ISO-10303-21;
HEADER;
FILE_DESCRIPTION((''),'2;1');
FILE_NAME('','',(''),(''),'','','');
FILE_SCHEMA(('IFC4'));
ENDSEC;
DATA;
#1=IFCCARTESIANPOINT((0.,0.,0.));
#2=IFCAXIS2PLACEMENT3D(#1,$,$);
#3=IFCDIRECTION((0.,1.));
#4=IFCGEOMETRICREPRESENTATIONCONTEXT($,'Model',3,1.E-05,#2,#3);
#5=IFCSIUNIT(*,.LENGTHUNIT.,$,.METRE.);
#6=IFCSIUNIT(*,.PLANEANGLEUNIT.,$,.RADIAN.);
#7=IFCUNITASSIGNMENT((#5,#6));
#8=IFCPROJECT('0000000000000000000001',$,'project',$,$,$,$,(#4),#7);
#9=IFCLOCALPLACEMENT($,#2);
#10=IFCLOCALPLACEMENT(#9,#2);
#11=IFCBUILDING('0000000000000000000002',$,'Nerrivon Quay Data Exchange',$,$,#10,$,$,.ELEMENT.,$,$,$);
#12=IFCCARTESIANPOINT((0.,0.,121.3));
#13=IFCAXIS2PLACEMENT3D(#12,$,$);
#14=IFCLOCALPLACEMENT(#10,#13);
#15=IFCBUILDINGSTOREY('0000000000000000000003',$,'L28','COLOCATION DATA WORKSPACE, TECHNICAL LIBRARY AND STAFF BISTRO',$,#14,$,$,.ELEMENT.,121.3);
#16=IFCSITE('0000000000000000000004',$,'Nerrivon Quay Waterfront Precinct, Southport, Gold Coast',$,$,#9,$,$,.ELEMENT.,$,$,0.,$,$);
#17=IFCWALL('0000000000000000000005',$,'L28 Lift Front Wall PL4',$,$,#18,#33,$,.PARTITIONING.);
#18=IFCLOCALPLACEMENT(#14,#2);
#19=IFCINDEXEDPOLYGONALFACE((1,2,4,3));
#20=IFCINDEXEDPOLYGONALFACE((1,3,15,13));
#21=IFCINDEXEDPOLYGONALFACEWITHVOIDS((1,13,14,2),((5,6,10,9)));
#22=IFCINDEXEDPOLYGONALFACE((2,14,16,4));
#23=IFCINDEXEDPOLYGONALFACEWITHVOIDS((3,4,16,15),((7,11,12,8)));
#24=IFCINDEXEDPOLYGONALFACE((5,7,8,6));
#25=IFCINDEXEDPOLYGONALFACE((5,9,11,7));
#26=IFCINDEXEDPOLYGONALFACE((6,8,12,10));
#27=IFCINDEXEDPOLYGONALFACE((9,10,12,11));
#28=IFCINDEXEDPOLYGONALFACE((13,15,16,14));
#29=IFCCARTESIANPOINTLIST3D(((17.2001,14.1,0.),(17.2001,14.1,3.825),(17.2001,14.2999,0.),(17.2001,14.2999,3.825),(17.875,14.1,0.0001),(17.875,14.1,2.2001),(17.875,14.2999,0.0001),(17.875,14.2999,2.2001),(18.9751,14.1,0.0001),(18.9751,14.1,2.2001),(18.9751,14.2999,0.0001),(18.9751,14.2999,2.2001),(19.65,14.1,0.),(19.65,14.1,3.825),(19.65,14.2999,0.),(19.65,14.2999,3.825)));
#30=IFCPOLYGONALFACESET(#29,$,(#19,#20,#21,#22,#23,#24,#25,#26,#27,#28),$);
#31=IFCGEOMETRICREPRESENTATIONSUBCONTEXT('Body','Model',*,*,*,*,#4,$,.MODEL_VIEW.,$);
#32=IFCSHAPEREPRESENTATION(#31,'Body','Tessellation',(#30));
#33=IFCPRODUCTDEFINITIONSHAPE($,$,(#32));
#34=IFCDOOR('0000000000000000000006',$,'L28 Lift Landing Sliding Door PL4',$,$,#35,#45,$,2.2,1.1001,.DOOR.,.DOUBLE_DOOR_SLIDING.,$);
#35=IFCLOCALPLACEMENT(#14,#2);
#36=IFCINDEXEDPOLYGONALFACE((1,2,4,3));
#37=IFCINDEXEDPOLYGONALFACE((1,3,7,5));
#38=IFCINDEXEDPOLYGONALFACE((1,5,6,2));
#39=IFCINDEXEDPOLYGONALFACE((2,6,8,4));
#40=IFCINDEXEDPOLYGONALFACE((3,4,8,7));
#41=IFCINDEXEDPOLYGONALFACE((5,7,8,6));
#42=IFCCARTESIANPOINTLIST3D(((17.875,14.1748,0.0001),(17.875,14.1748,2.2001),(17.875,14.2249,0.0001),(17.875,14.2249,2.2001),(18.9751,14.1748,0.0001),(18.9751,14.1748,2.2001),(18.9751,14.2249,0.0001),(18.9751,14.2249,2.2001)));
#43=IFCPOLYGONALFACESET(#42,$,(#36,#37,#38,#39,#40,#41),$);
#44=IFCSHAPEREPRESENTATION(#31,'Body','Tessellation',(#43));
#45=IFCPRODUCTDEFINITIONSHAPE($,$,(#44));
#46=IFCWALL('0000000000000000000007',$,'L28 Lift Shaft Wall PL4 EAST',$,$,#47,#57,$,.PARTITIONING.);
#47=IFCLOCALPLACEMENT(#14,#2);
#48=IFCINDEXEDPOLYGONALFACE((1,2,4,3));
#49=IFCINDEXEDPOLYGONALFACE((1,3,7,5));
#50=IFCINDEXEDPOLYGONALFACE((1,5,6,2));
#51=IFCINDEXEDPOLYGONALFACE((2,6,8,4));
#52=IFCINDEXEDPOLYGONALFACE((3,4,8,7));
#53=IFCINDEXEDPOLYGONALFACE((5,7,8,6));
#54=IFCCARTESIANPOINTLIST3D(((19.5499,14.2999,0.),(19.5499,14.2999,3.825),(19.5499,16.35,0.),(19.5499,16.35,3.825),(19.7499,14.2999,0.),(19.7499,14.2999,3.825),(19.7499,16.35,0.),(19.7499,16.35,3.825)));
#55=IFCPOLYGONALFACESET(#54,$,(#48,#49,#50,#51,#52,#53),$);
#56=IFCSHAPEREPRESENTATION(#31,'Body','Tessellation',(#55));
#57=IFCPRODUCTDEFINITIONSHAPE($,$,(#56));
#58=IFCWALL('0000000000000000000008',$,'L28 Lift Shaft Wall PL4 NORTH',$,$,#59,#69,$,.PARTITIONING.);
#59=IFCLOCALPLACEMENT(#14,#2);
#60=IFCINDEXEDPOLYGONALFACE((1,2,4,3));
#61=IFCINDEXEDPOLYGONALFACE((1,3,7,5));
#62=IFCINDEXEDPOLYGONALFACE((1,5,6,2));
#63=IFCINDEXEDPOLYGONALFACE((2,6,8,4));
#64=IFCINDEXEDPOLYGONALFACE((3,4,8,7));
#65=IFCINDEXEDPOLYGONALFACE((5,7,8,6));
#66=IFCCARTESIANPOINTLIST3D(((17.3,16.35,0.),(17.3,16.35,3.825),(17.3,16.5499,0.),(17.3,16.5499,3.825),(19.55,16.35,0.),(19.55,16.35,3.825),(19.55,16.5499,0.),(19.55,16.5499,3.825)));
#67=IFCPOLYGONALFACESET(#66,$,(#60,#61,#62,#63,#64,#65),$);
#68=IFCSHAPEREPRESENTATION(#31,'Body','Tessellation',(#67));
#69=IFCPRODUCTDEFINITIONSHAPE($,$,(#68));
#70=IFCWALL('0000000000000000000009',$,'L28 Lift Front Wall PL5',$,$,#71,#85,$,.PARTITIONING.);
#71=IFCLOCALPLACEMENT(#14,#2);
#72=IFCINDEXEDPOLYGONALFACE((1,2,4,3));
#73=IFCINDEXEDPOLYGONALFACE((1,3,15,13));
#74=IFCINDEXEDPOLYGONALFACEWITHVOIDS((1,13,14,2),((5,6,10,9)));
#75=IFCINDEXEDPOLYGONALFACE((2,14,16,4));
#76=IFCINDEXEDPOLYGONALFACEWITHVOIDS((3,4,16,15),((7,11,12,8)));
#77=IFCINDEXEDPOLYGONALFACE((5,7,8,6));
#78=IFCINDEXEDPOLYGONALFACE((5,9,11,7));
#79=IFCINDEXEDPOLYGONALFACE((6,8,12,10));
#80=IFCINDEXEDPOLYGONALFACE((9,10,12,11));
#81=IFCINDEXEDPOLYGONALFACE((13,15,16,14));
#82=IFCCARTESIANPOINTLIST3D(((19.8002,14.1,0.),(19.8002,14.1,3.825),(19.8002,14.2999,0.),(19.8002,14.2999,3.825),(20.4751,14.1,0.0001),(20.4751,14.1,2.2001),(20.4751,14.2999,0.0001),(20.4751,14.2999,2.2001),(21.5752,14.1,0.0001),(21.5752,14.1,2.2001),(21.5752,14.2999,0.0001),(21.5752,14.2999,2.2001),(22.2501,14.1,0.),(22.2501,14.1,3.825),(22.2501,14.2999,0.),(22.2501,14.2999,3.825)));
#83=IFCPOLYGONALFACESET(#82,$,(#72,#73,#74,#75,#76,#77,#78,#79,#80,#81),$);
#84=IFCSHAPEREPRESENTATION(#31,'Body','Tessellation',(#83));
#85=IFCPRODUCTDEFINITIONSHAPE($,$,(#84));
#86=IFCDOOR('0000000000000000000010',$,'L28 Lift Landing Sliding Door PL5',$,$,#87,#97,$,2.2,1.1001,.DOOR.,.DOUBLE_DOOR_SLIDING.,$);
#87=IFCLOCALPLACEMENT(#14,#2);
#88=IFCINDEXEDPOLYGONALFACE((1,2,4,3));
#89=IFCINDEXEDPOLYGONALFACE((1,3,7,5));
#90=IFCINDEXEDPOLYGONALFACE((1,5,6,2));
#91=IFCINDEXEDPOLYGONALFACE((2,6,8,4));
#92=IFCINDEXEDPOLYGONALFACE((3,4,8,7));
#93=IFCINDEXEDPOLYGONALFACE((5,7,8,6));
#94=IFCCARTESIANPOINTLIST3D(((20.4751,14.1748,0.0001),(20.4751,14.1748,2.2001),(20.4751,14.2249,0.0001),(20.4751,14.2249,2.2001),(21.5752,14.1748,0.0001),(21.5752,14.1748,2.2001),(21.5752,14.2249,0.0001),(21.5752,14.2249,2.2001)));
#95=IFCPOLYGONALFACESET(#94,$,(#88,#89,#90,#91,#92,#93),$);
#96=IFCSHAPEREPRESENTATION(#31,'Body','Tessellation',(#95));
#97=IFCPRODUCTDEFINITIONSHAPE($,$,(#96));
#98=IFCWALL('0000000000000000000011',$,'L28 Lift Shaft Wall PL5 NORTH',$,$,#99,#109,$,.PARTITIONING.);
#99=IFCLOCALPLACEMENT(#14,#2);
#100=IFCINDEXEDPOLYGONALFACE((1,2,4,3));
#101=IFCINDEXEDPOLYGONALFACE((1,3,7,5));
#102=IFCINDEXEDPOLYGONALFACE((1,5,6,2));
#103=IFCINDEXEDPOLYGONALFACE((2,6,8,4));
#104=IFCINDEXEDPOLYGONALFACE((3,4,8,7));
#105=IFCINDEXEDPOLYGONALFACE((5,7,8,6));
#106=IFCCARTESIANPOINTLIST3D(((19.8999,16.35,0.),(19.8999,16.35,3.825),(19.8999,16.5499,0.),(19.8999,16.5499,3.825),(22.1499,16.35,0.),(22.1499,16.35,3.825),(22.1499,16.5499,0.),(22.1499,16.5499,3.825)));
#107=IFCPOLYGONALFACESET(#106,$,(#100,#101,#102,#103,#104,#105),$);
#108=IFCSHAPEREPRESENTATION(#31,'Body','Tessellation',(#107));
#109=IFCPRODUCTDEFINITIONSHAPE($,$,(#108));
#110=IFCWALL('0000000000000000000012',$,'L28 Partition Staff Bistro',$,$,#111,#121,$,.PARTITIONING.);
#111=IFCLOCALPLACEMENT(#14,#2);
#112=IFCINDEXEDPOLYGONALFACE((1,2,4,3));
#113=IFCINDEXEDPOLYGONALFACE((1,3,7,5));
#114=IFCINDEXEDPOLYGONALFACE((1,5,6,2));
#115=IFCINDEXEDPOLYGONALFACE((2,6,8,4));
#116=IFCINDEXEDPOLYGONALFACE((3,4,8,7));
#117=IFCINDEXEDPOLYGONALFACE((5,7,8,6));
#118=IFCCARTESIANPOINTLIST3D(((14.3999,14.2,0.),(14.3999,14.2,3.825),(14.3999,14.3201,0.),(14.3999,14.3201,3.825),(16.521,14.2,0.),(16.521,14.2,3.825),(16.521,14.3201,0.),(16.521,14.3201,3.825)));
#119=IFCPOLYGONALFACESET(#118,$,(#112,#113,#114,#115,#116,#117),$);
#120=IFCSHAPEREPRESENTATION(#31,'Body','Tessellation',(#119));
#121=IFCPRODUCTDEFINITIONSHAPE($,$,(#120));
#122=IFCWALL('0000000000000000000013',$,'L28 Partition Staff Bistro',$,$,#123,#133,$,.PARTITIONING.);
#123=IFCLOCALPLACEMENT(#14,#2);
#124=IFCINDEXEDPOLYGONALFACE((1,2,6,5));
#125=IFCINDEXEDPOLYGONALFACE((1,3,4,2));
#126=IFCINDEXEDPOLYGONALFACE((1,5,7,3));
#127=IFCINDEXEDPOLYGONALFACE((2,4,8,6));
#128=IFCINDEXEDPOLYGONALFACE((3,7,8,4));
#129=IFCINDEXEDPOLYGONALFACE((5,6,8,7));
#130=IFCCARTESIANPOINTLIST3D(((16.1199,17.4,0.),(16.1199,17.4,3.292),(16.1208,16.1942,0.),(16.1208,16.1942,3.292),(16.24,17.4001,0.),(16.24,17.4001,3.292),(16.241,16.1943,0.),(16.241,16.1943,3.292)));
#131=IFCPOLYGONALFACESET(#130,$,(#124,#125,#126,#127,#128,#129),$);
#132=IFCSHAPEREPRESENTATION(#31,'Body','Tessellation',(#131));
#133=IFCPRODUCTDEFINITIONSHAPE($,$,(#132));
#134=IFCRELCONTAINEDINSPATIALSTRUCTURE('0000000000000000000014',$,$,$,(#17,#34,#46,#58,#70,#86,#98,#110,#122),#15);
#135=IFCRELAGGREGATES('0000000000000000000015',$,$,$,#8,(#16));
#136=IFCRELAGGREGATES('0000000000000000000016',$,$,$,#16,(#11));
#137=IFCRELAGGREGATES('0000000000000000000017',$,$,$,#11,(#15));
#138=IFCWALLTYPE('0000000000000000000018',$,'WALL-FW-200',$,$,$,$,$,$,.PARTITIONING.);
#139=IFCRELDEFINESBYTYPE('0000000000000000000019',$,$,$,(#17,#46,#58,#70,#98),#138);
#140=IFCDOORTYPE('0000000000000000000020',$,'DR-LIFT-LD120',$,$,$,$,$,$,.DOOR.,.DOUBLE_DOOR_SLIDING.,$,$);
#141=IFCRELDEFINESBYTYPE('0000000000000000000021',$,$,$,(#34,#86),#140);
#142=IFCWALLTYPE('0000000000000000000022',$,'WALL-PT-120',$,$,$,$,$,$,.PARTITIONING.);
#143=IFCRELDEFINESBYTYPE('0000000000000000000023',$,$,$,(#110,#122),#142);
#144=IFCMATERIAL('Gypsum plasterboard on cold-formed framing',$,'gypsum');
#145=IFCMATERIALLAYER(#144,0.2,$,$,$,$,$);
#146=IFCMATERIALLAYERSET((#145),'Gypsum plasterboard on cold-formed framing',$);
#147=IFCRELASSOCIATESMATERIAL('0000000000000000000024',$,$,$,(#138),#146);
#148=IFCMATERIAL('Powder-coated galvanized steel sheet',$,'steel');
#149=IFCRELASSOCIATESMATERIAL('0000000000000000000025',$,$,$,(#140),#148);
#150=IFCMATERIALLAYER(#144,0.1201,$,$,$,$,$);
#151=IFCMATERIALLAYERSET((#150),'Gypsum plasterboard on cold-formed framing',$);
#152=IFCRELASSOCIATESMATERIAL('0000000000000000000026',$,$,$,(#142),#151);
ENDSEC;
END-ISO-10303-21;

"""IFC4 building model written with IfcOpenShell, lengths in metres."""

from ifc_helpers import new_model, si_unit, direction, frame, frame_2d, origin, place, context, subcontext, project, spatial, rectangle, extrude, material, layer, layer_set, type_object, element, fill, save


model = new_model("IFC4")

# Units and contexts
model_context = context("Model", 3, precision=1e-05, world=origin(), true_north=direction((0.0, 1.0)))
body_context = subcontext(model_context, "Body", "Model", "MODEL_VIEW")
ifc_project = project(units=[si_unit("LENGTHUNIT", "METRE"), si_unit("PLANEANGLEUNIT", "RADIAN")], contexts=[model_context])

# Site, building, storey
site_placement = place(None, origin())
site = spatial("IfcSite", under=ifc_project, at=site_placement, Name="Nerrivon Quay Waterfront Precinct, Southport, Gold Coast", CompositionType="ELEMENT", RefElevation=0.0)
building_placement = place(site_placement, origin())
building = spatial("IfcBuilding", under=site, at=building_placement, Name="Nerrivon Quay Data Exchange", CompositionType="ELEMENT")
storey_placement = place(building_placement, frame((0.0, 0.0, 121.3)))
storey = spatial("IfcBuildingStorey", under=building, at=storey_placement, Name="L28", Description="COLOCATION DATA WORKSPACE, TECHNICAL LIBRARY AND STAFF BISTRO", CompositionType="ELEMENT", Elevation=121.3)

# Shared definitions
ifc_material_1 = material(Name="Powder-coated galvanized steel sheet", Category="steel")
ifc_material_2 = material(Name="Gypsum plasterboard on cold-formed framing", Category="gypsum")
ifc_layer_1 = layer(ifc_material_2, 0.2)
ifc_layer_set_1 = layer_set([ifc_layer_1], Name="Gypsum plasterboard on cold-formed framing")
wall_type_1 = type_object("IfcWallType", Name="WALL-FW-200", PredefinedType="PARTITIONING", material=ifc_layer_set_1)
door_type_1 = type_object("IfcDoorType", Name="DR-LIFT-LD120", OperationType="DOUBLE_DOOR_SLIDING", PredefinedType="DOOR", material=ifc_material_1)

# Wall, opening, door
wall_1_placement = place(storey_placement, frame((17.2, 14.2, 0.0), z_axis=(0.0, 0.0, 1.0), x_axis=(1.0, 0.0, 0.0)))
wall_1 = element("IfcWall", 1, at=wall_1_placement, inside=storey, type_object=wall_type_1, Name="L28 Lift Front Wall PL4", PredefinedType="PARTITIONING", context=body_context, shape_type="SweptSolid", body=[
    extrude(rectangle(XDim=2.45, YDim=0.2, at=frame_2d((1.2251, 0.0))), origin(), (0.0, 0.0, 1.0), 3.825),
])
opening_1_placement = place(wall_1_placement, frame((0.675, 0.0, 0.0)))
opening_1 = element("IfcOpeningElement", 2, at=opening_1_placement, cuts=wall_1, PredefinedType="OPENING", context=body_context, shape_type="SweptSolid", body=[
    extrude(rectangle(XDim=1.1001, YDim=2.2, at=frame_2d((0.55, 1.1001))), frame((0.0, 0.1099, 0.0), z_axis=(0.0, -1.0, 0.0), x_axis=(1.0, 0.0, 0.0)), (0.0, 0.0, 1.0), 0.22),
])
door_1_placement = place(opening_1_placement, origin())
door_1 = element("IfcDoor", 3, at=door_1_placement, inside=storey, type_object=door_type_1, Name="L28 Lift Landing Sliding Door PL4", OperationType="DOUBLE_DOOR_SLIDING", OverallHeight=2.2, OverallWidth=1.1001, PredefinedType="DOOR", context=body_context, shape_type="SweptSolid", body=[
    extrude(rectangle(XDim=1.1001, YDim=2.2, at=frame_2d((0.55, 1.1001))), frame((0.0, 0.0249, 0.0), z_axis=(0.0, -1.0, 0.0), x_axis=(1.0, 0.0, 0.0)), (0.0, 0.0, 1.0), 0.05),
])
fill(opening_1, door_1)

# Walls
wall_2_placement = place(storey_placement, frame((19.6499, 14.3, 0.0), z_axis=(0.0, 0.0, 1.0), x_axis=(0.0, 1.0, 0.0)))
element("IfcWall", 4, at=wall_2_placement, inside=storey, type_object=wall_type_1, Name="L28 Lift Shaft Wall PL4 EAST", PredefinedType="PARTITIONING", context=body_context, shape_type="SweptSolid", body=[
    extrude(rectangle(XDim=2.05, YDim=0.2, at=frame_2d((1.0249, 0.0))), origin(), (0.0, 0.0, 1.0), 3.825),
])
wall_3_placement = place(storey_placement, frame((17.3, 16.45, 0.0), z_axis=(0.0, 0.0, 1.0), x_axis=(1.0, 0.0, 0.0)))
element("IfcWall", 5, at=wall_3_placement, inside=storey, type_object=wall_type_1, Name="L28 Lift Shaft Wall PL4 NORTH", PredefinedType="PARTITIONING", context=body_context, shape_type="SweptSolid", body=[
    extrude(rectangle(XDim=2.25, YDim=0.2, at=frame_2d((1.125, 0.0))), origin(), (0.0, 0.0, 1.0), 3.825),
])

# Wall, opening, door
wall_4_placement = place(storey_placement, frame((19.8, 14.2, 0.0), z_axis=(0.0, 0.0, 1.0), x_axis=(1.0, 0.0, 0.0)))
wall_4 = element("IfcWall", 6, at=wall_4_placement, inside=storey, type_object=wall_type_1, Name="L28 Lift Front Wall PL5", PredefinedType="PARTITIONING", context=body_context, shape_type="SweptSolid", body=[
    extrude(rectangle(XDim=2.45, YDim=0.2, at=frame_2d((1.2251, 0.0))), origin(), (0.0, 0.0, 1.0), 3.825),
])
opening_2_placement = place(wall_4_placement, frame((0.675, 0.0, 0.0)))
opening_2 = element("IfcOpeningElement", 7, at=opening_2_placement, cuts=wall_4, PredefinedType="OPENING", context=body_context, shape_type="SweptSolid", body=[
    extrude(rectangle(XDim=1.1001, YDim=2.2, at=frame_2d((0.55, 1.1001))), frame((0.0, 0.1099, 0.0), z_axis=(0.0, -1.0, 0.0), x_axis=(1.0, 0.0, 0.0)), (0.0, 0.0, 1.0), 0.22),
])
door_2_placement = place(opening_2_placement, origin())
door_2 = element("IfcDoor", 8, at=door_2_placement, inside=storey, type_object=door_type_1, Name="L28 Lift Landing Sliding Door PL5", OperationType="DOUBLE_DOOR_SLIDING", OverallHeight=2.2, OverallWidth=1.1001, PredefinedType="DOOR", context=body_context, shape_type="SweptSolid", body=[
    extrude(rectangle(XDim=1.1001, YDim=2.2, at=frame_2d((0.55, 1.1001))), frame((0.0, 0.0249, 0.0), z_axis=(0.0, -1.0, 0.0), x_axis=(1.0, 0.0, 0.0)), (0.0, 0.0, 1.0), 0.05),
])
fill(opening_2, door_2)

# Walls
wall_5_placement = place(storey_placement, frame((19.8999, 16.45, 0.0), z_axis=(0.0, 0.0, 1.0), x_axis=(1.0, 0.0, 0.0)))
element("IfcWall", 9, at=wall_5_placement, inside=storey, type_object=wall_type_1, Name="L28 Lift Shaft Wall PL5 NORTH", PredefinedType="PARTITIONING", context=body_context, shape_type="SweptSolid", body=[
    extrude(rectangle(XDim=2.25, YDim=0.2, at=frame_2d((1.125, 0.0))), origin(), (0.0, 0.0, 1.0), 3.825),
])
ifc_layer_2 = layer(ifc_material_2, 0.1201)
ifc_layer_set_2 = layer_set([ifc_layer_2], Name="Gypsum plasterboard on cold-formed framing")
wall_type_2 = type_object("IfcWallType", Name="WALL-PT-120", PredefinedType="PARTITIONING", material=ifc_layer_set_2)
wall_6_placement = place(storey_placement, frame((14.3999, 14.26, 0.0), z_axis=(0.0, 0.0, 1.0), x_axis=(1.0, 0.0, 0.0)))
element("IfcWall", 10, at=wall_6_placement, inside=storey, type_object=wall_type_2, Name="L28 Partition Staff Bistro", PredefinedType="PARTITIONING", context=body_context, shape_type="SweptSolid", body=[
    extrude(rectangle(XDim=2.1211, YDim=0.1201, at=frame_2d((1.0605, 0.0))), origin(), (0.0, 0.0, 1.0), 3.825),
])
wall_7_placement = place(storey_placement, frame((16.1809, 16.1941, 0.0), z_axis=(0.0, 0.0, 1.0), x_axis=(-0.00081, 1.0, 0.0)))
element("IfcWall", 11, at=wall_7_placement, inside=storey, type_object=wall_type_2, Name="L28 Partition Staff Bistro", PredefinedType="PARTITIONING", context=body_context, shape_type="SweptSolid", body=[
    extrude(rectangle(XDim=1.2058, YDim=0.1201, at=frame_2d((0.603, 0.0))), origin(), (0.0, 0.0, 1.0), 3.292),
])

save(model, "model.ifc")
